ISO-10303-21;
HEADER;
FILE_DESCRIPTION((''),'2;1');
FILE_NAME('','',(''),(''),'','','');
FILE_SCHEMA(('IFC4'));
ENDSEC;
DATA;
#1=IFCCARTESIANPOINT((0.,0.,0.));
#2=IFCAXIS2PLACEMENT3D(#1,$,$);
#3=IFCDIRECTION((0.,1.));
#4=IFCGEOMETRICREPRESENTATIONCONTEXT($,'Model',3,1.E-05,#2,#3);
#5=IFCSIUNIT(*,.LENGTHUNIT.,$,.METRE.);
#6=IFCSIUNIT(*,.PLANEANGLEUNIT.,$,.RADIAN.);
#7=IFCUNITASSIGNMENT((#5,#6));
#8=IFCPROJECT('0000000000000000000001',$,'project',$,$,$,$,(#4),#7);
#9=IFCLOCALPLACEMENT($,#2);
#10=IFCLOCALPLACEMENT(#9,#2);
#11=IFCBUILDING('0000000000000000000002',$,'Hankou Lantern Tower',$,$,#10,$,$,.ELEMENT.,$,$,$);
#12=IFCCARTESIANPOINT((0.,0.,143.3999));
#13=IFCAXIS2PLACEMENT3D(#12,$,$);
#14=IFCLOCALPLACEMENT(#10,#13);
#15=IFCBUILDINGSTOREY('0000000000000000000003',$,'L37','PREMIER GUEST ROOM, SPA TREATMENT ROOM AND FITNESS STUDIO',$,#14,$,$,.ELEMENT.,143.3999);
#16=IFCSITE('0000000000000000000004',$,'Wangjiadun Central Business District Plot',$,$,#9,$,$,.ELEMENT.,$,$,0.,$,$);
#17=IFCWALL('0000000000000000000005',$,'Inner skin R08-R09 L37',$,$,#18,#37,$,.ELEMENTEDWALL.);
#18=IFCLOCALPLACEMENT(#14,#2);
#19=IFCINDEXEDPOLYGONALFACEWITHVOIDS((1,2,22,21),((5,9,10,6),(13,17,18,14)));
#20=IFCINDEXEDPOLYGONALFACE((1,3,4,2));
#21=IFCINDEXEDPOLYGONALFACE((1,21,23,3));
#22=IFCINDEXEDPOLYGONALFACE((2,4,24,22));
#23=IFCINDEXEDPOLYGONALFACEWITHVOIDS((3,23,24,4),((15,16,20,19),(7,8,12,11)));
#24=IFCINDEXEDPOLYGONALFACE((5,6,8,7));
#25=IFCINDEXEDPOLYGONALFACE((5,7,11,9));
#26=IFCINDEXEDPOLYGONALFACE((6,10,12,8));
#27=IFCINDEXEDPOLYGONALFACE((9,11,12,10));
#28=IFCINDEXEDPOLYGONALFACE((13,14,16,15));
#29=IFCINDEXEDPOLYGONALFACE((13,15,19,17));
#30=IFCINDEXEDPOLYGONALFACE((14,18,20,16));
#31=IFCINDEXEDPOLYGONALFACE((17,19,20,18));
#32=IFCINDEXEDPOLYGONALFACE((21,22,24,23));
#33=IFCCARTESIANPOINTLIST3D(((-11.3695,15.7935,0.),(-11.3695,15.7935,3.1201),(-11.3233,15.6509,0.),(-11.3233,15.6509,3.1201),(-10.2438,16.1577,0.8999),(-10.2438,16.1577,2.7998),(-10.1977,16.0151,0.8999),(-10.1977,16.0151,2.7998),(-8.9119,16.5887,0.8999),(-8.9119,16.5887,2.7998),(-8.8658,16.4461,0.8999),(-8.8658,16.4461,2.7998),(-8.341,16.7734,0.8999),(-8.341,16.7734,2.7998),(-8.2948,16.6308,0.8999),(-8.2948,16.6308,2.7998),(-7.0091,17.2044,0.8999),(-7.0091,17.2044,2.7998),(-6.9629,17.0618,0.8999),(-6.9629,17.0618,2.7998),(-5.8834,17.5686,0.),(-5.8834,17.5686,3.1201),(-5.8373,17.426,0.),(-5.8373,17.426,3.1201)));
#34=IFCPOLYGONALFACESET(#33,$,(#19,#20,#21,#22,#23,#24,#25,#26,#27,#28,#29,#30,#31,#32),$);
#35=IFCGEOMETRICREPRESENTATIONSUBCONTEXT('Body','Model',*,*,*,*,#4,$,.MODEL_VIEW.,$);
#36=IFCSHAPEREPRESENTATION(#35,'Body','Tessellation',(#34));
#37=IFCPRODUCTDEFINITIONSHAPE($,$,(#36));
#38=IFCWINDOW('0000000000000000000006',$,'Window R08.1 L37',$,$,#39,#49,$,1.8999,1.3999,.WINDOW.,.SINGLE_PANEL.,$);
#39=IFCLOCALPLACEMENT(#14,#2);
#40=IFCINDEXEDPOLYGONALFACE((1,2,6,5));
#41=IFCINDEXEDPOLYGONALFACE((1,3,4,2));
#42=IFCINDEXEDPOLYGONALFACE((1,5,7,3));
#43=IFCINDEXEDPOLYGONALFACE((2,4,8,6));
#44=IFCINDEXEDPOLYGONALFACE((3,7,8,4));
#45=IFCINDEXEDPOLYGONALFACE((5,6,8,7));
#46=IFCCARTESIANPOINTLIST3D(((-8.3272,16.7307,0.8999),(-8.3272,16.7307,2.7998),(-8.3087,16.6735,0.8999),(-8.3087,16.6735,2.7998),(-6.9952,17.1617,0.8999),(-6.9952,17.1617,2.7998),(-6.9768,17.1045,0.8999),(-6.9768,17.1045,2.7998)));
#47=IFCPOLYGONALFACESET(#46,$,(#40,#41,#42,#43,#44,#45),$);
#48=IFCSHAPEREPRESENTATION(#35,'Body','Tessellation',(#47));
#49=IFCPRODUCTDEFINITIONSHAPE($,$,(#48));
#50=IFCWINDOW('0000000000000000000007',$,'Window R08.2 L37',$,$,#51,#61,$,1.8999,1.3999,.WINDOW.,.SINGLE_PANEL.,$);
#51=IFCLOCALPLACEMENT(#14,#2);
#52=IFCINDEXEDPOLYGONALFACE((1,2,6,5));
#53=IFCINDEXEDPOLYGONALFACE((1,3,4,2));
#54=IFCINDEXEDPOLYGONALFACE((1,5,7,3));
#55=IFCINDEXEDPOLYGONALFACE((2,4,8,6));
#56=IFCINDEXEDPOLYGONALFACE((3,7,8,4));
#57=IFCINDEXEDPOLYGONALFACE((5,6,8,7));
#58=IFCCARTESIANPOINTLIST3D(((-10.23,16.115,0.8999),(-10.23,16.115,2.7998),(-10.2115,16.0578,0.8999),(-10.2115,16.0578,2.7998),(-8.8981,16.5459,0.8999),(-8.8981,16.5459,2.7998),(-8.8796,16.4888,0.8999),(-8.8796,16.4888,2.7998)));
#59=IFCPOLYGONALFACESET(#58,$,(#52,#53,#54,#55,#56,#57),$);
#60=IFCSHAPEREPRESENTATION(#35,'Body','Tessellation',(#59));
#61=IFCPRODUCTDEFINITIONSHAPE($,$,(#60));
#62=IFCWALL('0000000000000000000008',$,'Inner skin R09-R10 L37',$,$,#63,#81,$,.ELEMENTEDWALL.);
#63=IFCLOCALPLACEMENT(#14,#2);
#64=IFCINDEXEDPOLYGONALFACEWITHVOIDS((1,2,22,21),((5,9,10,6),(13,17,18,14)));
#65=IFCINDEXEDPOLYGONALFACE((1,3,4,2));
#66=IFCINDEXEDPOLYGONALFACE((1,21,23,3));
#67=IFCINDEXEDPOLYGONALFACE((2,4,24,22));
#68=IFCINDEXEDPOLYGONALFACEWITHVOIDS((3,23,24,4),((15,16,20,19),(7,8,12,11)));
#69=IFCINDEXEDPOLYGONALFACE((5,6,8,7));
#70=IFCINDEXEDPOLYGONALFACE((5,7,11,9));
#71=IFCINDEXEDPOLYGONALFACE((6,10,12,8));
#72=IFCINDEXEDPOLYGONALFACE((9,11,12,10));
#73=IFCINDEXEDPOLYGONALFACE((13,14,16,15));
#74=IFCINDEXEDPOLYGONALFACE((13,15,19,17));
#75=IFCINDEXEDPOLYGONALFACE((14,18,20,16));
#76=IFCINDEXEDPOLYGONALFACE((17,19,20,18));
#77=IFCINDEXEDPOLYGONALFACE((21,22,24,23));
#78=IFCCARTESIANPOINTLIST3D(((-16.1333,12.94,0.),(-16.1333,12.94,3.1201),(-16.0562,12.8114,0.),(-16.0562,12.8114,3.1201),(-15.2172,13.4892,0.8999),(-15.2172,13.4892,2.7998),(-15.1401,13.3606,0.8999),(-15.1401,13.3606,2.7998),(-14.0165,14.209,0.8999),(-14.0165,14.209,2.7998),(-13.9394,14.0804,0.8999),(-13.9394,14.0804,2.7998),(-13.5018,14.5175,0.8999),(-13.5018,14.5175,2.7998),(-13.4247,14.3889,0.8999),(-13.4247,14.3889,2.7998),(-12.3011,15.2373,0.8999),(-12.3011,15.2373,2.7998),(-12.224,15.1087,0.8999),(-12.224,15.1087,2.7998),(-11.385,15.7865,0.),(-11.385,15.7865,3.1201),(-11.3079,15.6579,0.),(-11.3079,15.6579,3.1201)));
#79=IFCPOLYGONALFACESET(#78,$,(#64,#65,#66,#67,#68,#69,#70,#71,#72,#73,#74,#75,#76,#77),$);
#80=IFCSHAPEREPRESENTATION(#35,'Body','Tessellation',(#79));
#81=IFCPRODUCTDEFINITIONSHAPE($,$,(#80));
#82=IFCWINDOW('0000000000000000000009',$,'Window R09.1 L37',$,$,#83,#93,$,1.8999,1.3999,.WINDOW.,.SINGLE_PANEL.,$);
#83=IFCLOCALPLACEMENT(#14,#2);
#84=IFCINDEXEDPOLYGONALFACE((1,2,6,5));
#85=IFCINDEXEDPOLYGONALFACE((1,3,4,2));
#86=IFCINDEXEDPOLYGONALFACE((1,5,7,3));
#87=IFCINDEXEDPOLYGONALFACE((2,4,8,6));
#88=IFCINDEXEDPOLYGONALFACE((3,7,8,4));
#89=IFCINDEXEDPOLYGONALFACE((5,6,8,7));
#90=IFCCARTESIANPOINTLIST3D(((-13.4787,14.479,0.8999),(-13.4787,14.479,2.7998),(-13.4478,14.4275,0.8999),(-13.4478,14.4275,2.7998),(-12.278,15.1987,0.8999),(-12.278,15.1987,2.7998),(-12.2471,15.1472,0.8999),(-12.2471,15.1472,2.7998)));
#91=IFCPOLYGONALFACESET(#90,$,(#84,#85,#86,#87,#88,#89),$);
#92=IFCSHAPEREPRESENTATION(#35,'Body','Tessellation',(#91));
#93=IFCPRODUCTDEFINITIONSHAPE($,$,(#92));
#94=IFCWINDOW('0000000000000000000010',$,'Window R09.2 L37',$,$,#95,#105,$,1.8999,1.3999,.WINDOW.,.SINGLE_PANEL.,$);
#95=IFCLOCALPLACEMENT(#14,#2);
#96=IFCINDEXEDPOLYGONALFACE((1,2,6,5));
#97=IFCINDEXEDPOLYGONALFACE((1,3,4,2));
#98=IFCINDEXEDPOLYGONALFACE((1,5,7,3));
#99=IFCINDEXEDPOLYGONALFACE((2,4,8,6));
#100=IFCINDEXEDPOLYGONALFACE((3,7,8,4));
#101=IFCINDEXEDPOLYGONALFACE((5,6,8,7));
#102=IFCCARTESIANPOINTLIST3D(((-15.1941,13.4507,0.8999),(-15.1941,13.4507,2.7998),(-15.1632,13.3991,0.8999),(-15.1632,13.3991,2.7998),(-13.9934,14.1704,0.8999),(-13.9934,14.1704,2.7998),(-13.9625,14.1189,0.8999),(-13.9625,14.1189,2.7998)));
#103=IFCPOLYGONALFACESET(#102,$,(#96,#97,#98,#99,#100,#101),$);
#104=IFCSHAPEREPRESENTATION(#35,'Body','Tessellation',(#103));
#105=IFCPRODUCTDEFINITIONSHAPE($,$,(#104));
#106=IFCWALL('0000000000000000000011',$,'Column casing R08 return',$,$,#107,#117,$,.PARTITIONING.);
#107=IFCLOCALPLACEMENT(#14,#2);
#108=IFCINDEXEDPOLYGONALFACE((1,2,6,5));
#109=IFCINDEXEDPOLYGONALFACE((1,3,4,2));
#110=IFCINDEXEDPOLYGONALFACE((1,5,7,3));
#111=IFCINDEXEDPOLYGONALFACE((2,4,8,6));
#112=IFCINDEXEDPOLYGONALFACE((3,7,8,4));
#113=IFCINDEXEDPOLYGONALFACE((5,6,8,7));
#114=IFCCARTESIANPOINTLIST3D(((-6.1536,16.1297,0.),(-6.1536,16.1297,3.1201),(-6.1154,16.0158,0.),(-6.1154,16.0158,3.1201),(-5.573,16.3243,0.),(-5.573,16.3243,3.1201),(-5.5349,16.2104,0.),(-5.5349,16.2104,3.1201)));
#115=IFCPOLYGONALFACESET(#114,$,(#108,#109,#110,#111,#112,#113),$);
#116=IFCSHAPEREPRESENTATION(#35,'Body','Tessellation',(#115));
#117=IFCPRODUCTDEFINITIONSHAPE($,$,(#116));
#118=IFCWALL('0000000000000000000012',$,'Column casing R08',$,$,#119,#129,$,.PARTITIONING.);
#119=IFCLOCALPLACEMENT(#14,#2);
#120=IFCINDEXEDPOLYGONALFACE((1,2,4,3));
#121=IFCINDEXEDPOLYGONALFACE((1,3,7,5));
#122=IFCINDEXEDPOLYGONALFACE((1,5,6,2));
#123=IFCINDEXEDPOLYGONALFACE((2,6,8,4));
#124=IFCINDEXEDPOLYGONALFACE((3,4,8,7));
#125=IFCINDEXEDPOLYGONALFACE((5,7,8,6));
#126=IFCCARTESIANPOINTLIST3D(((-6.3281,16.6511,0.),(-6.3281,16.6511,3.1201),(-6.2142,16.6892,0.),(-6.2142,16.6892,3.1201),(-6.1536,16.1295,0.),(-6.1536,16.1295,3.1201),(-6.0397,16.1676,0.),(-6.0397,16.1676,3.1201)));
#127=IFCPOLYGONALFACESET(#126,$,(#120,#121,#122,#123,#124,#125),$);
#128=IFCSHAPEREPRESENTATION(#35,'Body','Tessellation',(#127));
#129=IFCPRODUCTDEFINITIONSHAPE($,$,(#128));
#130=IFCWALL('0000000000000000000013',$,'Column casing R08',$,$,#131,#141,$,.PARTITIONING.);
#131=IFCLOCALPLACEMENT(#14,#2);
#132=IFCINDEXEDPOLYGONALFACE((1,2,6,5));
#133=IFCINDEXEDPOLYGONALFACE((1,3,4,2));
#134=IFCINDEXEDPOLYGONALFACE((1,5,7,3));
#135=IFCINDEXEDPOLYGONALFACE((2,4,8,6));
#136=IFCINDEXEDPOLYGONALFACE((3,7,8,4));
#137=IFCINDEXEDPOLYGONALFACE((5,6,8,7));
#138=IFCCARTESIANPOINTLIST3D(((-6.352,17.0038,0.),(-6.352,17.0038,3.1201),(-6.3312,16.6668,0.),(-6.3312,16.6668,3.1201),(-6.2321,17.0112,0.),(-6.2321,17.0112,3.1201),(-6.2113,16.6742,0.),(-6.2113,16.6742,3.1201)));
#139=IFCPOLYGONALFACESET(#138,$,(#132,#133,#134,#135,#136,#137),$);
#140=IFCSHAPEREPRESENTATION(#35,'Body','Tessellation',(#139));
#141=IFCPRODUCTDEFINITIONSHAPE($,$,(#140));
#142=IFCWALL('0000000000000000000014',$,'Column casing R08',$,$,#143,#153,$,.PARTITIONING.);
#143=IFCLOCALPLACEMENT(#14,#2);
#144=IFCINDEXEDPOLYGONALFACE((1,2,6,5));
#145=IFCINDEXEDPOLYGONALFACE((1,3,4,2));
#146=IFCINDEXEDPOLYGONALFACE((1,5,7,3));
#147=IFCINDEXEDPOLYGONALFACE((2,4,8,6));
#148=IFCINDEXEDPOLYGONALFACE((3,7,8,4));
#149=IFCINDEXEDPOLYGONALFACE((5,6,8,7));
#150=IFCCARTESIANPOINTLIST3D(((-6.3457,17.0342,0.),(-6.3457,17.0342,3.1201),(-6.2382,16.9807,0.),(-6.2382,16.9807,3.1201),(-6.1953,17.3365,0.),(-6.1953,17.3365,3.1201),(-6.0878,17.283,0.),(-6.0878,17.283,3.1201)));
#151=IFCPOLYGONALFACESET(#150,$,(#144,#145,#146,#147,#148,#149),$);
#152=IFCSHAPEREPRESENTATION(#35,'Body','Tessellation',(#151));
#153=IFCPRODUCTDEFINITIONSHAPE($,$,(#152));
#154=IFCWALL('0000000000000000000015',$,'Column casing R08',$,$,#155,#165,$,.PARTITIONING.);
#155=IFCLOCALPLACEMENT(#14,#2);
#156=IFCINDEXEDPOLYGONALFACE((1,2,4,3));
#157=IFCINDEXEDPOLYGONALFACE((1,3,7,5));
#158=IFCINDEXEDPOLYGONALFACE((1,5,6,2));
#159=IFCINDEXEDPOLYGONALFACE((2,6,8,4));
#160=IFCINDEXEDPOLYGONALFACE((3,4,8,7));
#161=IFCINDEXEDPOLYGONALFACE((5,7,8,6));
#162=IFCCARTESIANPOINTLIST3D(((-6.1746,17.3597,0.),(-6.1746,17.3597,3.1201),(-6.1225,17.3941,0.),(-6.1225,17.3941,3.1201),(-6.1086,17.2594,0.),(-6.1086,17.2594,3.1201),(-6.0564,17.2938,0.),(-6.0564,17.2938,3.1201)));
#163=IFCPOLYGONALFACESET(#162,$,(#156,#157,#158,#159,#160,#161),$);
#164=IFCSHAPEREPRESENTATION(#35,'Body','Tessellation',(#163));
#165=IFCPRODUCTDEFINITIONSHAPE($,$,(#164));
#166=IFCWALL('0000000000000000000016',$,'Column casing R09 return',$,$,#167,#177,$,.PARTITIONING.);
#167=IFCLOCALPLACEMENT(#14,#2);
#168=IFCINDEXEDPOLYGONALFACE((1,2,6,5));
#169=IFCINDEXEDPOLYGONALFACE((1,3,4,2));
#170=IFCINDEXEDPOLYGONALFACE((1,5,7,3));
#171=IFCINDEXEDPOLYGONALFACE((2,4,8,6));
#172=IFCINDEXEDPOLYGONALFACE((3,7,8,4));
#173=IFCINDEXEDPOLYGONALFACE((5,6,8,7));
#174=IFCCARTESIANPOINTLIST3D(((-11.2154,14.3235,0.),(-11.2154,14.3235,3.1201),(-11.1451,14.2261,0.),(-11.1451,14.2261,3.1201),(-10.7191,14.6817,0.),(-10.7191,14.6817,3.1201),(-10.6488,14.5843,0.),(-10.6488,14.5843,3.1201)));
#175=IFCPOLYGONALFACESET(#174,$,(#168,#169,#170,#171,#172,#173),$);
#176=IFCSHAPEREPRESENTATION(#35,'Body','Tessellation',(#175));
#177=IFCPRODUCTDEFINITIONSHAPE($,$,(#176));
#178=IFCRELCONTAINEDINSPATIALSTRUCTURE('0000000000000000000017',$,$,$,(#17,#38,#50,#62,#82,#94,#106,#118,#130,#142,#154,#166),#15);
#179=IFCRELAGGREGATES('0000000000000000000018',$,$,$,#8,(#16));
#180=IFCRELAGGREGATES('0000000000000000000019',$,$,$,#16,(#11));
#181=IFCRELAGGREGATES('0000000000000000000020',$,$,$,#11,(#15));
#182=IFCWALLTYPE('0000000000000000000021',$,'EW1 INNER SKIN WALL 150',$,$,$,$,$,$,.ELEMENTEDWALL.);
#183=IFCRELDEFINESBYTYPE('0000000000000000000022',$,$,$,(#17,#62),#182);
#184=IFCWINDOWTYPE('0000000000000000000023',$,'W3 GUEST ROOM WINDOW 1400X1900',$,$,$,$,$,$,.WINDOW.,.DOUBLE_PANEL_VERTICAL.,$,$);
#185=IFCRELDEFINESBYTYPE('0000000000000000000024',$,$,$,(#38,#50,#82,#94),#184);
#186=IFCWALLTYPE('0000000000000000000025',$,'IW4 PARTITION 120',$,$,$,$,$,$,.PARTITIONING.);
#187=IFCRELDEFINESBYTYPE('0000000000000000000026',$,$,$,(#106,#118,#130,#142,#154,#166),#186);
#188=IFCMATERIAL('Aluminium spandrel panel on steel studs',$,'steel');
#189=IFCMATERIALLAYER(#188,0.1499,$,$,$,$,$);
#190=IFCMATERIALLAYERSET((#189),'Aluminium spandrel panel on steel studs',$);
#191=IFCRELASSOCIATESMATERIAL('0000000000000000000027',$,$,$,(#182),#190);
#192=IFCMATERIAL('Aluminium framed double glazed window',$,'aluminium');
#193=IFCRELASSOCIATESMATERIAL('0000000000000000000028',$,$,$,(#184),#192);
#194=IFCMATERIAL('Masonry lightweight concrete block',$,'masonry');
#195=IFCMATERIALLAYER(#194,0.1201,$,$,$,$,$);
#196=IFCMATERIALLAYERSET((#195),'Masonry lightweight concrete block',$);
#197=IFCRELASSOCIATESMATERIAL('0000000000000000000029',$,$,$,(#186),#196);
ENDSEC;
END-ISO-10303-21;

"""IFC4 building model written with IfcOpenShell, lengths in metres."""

from ifc_helpers import new_model, si_unit, direction, frame, frame_2d, origin, place, context, subcontext, project, spatial, rectangle, extrude, material, layer, layer_set, type_object, element, fill, save


model = new_model("IFC4")

# Units and contexts
model_context = context("Model", 3, precision=1e-05, world=origin(), true_north=direction((0.0, 1.0)))
body_context = subcontext(model_context, "Body", "Model", "MODEL_VIEW")
ifc_project = project(units=[si_unit("LENGTHUNIT", "METRE"), si_unit("PLANEANGLEUNIT", "RADIAN")], contexts=[model_context])

# Site, building, storey
site_placement = place(None, origin())
site = spatial("IfcSite", under=ifc_project, at=site_placement, Name="Wangjiadun Central Business District Plot", CompositionType="ELEMENT", RefElevation=0.0)
building_placement = place(site_placement, origin())
building = spatial("IfcBuilding", under=site, at=building_placement, Name="Hankou Lantern Tower", CompositionType="ELEMENT")
storey_placement = place(building_placement, frame((0.0, 0.0, 143.3999)))
storey = spatial("IfcBuildingStorey", under=building, at=storey_placement, Name="L37", Description="PREMIER GUEST ROOM, SPA TREATMENT ROOM AND FITNESS STUDIO", CompositionType="ELEMENT", Elevation=143.3999)

# Walls, openings, windows
ifc_material_1 = material(Name="Aluminium spandrel panel on steel studs", Category="steel")
ifc_layer_1 = layer(ifc_material_1, 0.1499)
ifc_layer_set_1 = layer_set([ifc_layer_1], Name="Aluminium spandrel panel on steel studs")
wall_type_1 = type_object("IfcWallType", Name="EW1 INNER SKIN WALL 150", PredefinedType="ELEMENTEDWALL", material=ifc_layer_set_1)
wall_1_placement = place(storey_placement, frame((-5.8604, 17.4973, 0.0), z_axis=(0.0, 0.0, 1.0), x_axis=(-0.951432, -0.307857, 0.0)))
wall_1 = element("IfcWall", 1, at=wall_1_placement, inside=storey, type_object=wall_type_1, Name="Inner skin R08-R09 L37", PredefinedType="ELEMENTEDWALL", context=body_context, shape_type="SweptSolid", body=[
    extrude(rectangle(XDim=5.7661, YDim=0.1499, at=frame_2d((2.8831, 0.0))), origin(), (0.0, 0.0, 1.0), 3.1201),
])
opening_1_placement = place(wall_1_placement, frame((1.1831, 0.0, 0.8999)))
opening_1 = element("IfcOpeningElement", 2, at=opening_1_placement, cuts=wall_1, PredefinedType="OPENING", context=body_context, shape_type="SweptSolid", body=[
    extrude(rectangle(XDim=1.3999, YDim=1.8999, at=frame_2d((0.7, 0.95))), frame((0.0, 0.085, 0.0), z_axis=(0.0, -1.0, 0.0), x_axis=(1.0, 0.0, 0.0)), (0.0, 0.0, 1.0), 0.1699),
])
opening_2_placement = place(wall_1_placement, frame((3.1831, 0.0, 0.8999)))
opening_2 = element("IfcOpeningElement", 3, at=opening_2_placement, cuts=wall_1, PredefinedType="OPENING", context=body_context, shape_type="SweptSolid", body=[
    extrude(rectangle(XDim=1.3999, YDim=1.8999, at=frame_2d((0.7, 0.95))), frame((0.0, 0.085, 0.0), z_axis=(0.0, -1.0, 0.0), x_axis=(1.0, 0.0, 0.0)), (0.0, 0.0, 1.0), 0.1699),
])
ifc_material_2 = material(Name="Aluminium framed double glazed window", Category="aluminium")
window_type = type_object("IfcWindowType", Name="W3 GUEST ROOM WINDOW 1400X1900", PartitioningType="DOUBLE_PANEL_VERTICAL", PredefinedType="WINDOW", material=ifc_material_2)
window_1_placement = place(opening_1_placement, origin())
window_1 = element("IfcWindow", 4, at=window_1_placement, inside=storey, type_object=window_type, Name="Window R08.1 L37", OverallHeight=1.8999, OverallWidth=1.3999, PartitioningType="SINGLE_PANEL", PredefinedType="WINDOW", context=body_context, shape_type="SweptSolid", body=[
    extrude(rectangle(XDim=1.3999, YDim=1.8999, at=frame_2d((0.7, 0.95))), frame((0.0, 0.03, 0.0), z_axis=(0.0, -1.0, 0.0), x_axis=(1.0, 0.0, 0.0)), (0.0, 0.0, 1.0), 0.0601),
])
fill(opening_1, window_1)
window_2_placement = place(opening_2_placement, origin())
window_2 = element("IfcWindow", 5, at=window_2_placement, inside=storey, type_object=window_type, Name="Window R08.2 L37", OverallHeight=1.8999, OverallWidth=1.3999, PartitioningType="SINGLE_PANEL", PredefinedType="WINDOW", context=body_context, shape_type="SweptSolid", body=[
    extrude(rectangle(XDim=1.3999, YDim=1.8999, at=frame_2d((0.7, 0.95))), frame((0.0, 0.03, 0.0), z_axis=(0.0, -1.0, 0.0), x_axis=(1.0, 0.0, 0.0)), (0.0, 0.0, 1.0), 0.0601),
])
fill(opening_2, window_2)
wall_2_placement = place(storey_placement, frame((-11.3464, 15.7222, 0.0), z_axis=(0.0, 0.0, 1.0), x_axis=(-0.857695, -0.514158, 0.0)))
wall_2 = element("IfcWall", 6, at=wall_2_placement, inside=storey, type_object=wall_type_1, Name="Inner skin R09-R10 L37", PredefinedType="ELEMENTEDWALL", context=body_context, shape_type="SweptSolid", body=[
    extrude(rectangle(XDim=5.5361, YDim=0.1499, at=frame_2d((2.7681, 0.0))), origin(), (0.0, 0.0, 1.0), 3.1201),
])
opening_3_placement = place(wall_2_placement, frame((1.0681, 0.0, 0.8999)))
opening_3 = element("IfcOpeningElement", 7, at=opening_3_placement, cuts=wall_2, PredefinedType="OPENING", context=body_context, shape_type="SweptSolid", body=[
    extrude(rectangle(XDim=1.3999, YDim=1.8999, at=frame_2d((0.7, 0.95))), frame((0.0, 0.085, 0.0), z_axis=(0.0, -1.0, 0.0), x_axis=(1.0, 0.0, 0.0)), (0.0, 0.0, 1.0), 0.1699),
])
opening_4_placement = place(wall_2_placement, frame((3.0681, 0.0, 0.8999)))
opening_4 = element("IfcOpeningElement", 8, at=opening_4_placement, cuts=wall_2, PredefinedType="OPENING", context=body_context, shape_type="SweptSolid", body=[
    extrude(rectangle(XDim=1.3999, YDim=1.8999, at=frame_2d((0.7, 0.95))), frame((0.0, 0.085, 0.0), z_axis=(0.0, -1.0, 0.0), x_axis=(1.0, 0.0, 0.0)), (0.0, 0.0, 1.0), 0.1699),
])
window_3_placement = place(opening_3_placement, origin())
window_3 = element("IfcWindow", 9, at=window_3_placement, inside=storey, type_object=window_type, Name="Window R09.1 L37", OverallHeight=1.8999, OverallWidth=1.3999, PartitioningType="SINGLE_PANEL", PredefinedType="WINDOW", context=body_context, shape_type="SweptSolid", body=[
    extrude(rectangle(XDim=1.3999, YDim=1.8999, at=frame_2d((0.7, 0.95))), frame((0.0, 0.03, 0.0), z_axis=(0.0, -1.0, 0.0), x_axis=(1.0, 0.0, 0.0)), (0.0, 0.0, 1.0), 0.0601),
])
fill(opening_3, window_3)
window_4_placement = place(opening_4_placement, origin())
window_4 = element("IfcWindow", 10, at=window_4_placement, inside=storey, type_object=window_type, Name="Window R09.2 L37", OverallHeight=1.8999, OverallWidth=1.3999, PartitioningType="SINGLE_PANEL", PredefinedType="WINDOW", context=body_context, shape_type="SweptSolid", body=[
    extrude(rectangle(XDim=1.3999, YDim=1.8999, at=frame_2d((0.7, 0.95))), frame((0.0, 0.03, 0.0), z_axis=(0.0, -1.0, 0.0), x_axis=(1.0, 0.0, 0.0)), (0.0, 0.0, 1.0), 0.0601),
])
fill(opening_4, window_4)

# Walls
ifc_material_3 = material(Name="Masonry lightweight concrete block", Category="masonry")
ifc_layer_2 = layer(ifc_material_3, 0.1201)
ifc_layer_set_2 = layer_set([ifc_layer_2], Name="Masonry lightweight concrete block")
wall_type_2 = type_object("IfcWallType", Name="IW4 PARTITION 120", PredefinedType="PARTITIONING", material=ifc_layer_set_2)
wall_3_placement = place(storey_placement, frame((-5.554, 16.2673, 0.0), z_axis=(0.0, 0.0, 1.0), x_axis=(-0.948164, -0.317782, 0.0)))
element("IfcWall", 11, at=wall_3_placement, inside=storey, type_object=wall_type_2, Name="Column casing R08 return", PredefinedType="PARTITIONING", context=body_context, shape_type="SweptSolid", body=[
    extrude(rectangle(XDim=0.6123, YDim=0.1201, at=frame_2d((0.3062, 0.0))), origin(), (0.0, 0.0, 1.0), 3.1201),
])
wall_4_placement = place(storey_placement, frame((-6.0967, 16.1487, 0.0), z_axis=(0.0, 0.0, 1.0), x_axis=(-0.317293, 0.948328, 0.0)))
element("IfcWall", 12, at=wall_4_placement, inside=storey, type_object=wall_type_2, Name="Column casing R08", PredefinedType="PARTITIONING", context=body_context, shape_type="SweptSolid", body=[
    extrude(rectangle(XDim=0.55, YDim=0.1201, at=frame_2d((0.2749, 0.0))), origin(), (0.0, 0.0, 1.0), 3.1201),
])
for number, where, z_axis, x_axis, name in (
    (13, (-6.2712, 16.6704, 0.0), (0.0, 0.0, 1.0), (-0.061478, 0.998108, 0.0), "Column casing R08"),
    (14, (-6.292, 17.0073, 0.0), (0.0, 0.0, 1.0), (0.445477, 0.895293, 0.0), "Column casing R08"),
):
    element("IfcWall", number, at=place(storey_placement, frame(where, z_axis=z_axis, x_axis=x_axis)), inside=storey, type_object=wall_type_2, Name=name, PredefinedType="PARTITIONING", context=body_context, shape_type="SweptSolid", body=[
        extrude(rectangle(XDim=0.3376, YDim=0.1201, at=frame_2d((0.1689, 0.0))), origin(), (0.0, 0.0, 1.0), 3.1201),
    ])
wall_5_placement = place(storey_placement, frame((-6.1416, 17.3096, 0.0), z_axis=(0.0, 0.0, 1.0), x_axis=(0.83504, 0.55019, 0.0)))
element("IfcWall", 15, at=wall_5_placement, inside=storey, type_object=wall_type_2, Name="Column casing R08", PredefinedType="PARTITIONING", context=body_context, shape_type="SweptSolid", body=[
    extrude(rectangle(XDim=0.0625, YDim=0.1201, at=frame_2d((0.0312, 0.0))), origin(), (0.0, 0.0, 1.0), 3.1201),
])
wall_6_placement = place(storey_placement, frame((-10.6838, 14.6331, 0.0), z_axis=(0.0, 0.0, 1.0), x_axis=(-0.810921, -0.585156, 0.0)))
element("IfcWall", 16, at=wall_6_placement, inside=storey, type_object=wall_type_2, Name="Column casing R09 return", PredefinedType="PARTITIONING", context=body_context, shape_type="SweptSolid", body=[
    extrude(rectangle(XDim=0.6121, YDim=0.1201, at=frame_2d((0.3062, 0.0))), origin(), (0.0, 0.0, 1.0), 3.1201),
])

save(model, "model.ifc")
